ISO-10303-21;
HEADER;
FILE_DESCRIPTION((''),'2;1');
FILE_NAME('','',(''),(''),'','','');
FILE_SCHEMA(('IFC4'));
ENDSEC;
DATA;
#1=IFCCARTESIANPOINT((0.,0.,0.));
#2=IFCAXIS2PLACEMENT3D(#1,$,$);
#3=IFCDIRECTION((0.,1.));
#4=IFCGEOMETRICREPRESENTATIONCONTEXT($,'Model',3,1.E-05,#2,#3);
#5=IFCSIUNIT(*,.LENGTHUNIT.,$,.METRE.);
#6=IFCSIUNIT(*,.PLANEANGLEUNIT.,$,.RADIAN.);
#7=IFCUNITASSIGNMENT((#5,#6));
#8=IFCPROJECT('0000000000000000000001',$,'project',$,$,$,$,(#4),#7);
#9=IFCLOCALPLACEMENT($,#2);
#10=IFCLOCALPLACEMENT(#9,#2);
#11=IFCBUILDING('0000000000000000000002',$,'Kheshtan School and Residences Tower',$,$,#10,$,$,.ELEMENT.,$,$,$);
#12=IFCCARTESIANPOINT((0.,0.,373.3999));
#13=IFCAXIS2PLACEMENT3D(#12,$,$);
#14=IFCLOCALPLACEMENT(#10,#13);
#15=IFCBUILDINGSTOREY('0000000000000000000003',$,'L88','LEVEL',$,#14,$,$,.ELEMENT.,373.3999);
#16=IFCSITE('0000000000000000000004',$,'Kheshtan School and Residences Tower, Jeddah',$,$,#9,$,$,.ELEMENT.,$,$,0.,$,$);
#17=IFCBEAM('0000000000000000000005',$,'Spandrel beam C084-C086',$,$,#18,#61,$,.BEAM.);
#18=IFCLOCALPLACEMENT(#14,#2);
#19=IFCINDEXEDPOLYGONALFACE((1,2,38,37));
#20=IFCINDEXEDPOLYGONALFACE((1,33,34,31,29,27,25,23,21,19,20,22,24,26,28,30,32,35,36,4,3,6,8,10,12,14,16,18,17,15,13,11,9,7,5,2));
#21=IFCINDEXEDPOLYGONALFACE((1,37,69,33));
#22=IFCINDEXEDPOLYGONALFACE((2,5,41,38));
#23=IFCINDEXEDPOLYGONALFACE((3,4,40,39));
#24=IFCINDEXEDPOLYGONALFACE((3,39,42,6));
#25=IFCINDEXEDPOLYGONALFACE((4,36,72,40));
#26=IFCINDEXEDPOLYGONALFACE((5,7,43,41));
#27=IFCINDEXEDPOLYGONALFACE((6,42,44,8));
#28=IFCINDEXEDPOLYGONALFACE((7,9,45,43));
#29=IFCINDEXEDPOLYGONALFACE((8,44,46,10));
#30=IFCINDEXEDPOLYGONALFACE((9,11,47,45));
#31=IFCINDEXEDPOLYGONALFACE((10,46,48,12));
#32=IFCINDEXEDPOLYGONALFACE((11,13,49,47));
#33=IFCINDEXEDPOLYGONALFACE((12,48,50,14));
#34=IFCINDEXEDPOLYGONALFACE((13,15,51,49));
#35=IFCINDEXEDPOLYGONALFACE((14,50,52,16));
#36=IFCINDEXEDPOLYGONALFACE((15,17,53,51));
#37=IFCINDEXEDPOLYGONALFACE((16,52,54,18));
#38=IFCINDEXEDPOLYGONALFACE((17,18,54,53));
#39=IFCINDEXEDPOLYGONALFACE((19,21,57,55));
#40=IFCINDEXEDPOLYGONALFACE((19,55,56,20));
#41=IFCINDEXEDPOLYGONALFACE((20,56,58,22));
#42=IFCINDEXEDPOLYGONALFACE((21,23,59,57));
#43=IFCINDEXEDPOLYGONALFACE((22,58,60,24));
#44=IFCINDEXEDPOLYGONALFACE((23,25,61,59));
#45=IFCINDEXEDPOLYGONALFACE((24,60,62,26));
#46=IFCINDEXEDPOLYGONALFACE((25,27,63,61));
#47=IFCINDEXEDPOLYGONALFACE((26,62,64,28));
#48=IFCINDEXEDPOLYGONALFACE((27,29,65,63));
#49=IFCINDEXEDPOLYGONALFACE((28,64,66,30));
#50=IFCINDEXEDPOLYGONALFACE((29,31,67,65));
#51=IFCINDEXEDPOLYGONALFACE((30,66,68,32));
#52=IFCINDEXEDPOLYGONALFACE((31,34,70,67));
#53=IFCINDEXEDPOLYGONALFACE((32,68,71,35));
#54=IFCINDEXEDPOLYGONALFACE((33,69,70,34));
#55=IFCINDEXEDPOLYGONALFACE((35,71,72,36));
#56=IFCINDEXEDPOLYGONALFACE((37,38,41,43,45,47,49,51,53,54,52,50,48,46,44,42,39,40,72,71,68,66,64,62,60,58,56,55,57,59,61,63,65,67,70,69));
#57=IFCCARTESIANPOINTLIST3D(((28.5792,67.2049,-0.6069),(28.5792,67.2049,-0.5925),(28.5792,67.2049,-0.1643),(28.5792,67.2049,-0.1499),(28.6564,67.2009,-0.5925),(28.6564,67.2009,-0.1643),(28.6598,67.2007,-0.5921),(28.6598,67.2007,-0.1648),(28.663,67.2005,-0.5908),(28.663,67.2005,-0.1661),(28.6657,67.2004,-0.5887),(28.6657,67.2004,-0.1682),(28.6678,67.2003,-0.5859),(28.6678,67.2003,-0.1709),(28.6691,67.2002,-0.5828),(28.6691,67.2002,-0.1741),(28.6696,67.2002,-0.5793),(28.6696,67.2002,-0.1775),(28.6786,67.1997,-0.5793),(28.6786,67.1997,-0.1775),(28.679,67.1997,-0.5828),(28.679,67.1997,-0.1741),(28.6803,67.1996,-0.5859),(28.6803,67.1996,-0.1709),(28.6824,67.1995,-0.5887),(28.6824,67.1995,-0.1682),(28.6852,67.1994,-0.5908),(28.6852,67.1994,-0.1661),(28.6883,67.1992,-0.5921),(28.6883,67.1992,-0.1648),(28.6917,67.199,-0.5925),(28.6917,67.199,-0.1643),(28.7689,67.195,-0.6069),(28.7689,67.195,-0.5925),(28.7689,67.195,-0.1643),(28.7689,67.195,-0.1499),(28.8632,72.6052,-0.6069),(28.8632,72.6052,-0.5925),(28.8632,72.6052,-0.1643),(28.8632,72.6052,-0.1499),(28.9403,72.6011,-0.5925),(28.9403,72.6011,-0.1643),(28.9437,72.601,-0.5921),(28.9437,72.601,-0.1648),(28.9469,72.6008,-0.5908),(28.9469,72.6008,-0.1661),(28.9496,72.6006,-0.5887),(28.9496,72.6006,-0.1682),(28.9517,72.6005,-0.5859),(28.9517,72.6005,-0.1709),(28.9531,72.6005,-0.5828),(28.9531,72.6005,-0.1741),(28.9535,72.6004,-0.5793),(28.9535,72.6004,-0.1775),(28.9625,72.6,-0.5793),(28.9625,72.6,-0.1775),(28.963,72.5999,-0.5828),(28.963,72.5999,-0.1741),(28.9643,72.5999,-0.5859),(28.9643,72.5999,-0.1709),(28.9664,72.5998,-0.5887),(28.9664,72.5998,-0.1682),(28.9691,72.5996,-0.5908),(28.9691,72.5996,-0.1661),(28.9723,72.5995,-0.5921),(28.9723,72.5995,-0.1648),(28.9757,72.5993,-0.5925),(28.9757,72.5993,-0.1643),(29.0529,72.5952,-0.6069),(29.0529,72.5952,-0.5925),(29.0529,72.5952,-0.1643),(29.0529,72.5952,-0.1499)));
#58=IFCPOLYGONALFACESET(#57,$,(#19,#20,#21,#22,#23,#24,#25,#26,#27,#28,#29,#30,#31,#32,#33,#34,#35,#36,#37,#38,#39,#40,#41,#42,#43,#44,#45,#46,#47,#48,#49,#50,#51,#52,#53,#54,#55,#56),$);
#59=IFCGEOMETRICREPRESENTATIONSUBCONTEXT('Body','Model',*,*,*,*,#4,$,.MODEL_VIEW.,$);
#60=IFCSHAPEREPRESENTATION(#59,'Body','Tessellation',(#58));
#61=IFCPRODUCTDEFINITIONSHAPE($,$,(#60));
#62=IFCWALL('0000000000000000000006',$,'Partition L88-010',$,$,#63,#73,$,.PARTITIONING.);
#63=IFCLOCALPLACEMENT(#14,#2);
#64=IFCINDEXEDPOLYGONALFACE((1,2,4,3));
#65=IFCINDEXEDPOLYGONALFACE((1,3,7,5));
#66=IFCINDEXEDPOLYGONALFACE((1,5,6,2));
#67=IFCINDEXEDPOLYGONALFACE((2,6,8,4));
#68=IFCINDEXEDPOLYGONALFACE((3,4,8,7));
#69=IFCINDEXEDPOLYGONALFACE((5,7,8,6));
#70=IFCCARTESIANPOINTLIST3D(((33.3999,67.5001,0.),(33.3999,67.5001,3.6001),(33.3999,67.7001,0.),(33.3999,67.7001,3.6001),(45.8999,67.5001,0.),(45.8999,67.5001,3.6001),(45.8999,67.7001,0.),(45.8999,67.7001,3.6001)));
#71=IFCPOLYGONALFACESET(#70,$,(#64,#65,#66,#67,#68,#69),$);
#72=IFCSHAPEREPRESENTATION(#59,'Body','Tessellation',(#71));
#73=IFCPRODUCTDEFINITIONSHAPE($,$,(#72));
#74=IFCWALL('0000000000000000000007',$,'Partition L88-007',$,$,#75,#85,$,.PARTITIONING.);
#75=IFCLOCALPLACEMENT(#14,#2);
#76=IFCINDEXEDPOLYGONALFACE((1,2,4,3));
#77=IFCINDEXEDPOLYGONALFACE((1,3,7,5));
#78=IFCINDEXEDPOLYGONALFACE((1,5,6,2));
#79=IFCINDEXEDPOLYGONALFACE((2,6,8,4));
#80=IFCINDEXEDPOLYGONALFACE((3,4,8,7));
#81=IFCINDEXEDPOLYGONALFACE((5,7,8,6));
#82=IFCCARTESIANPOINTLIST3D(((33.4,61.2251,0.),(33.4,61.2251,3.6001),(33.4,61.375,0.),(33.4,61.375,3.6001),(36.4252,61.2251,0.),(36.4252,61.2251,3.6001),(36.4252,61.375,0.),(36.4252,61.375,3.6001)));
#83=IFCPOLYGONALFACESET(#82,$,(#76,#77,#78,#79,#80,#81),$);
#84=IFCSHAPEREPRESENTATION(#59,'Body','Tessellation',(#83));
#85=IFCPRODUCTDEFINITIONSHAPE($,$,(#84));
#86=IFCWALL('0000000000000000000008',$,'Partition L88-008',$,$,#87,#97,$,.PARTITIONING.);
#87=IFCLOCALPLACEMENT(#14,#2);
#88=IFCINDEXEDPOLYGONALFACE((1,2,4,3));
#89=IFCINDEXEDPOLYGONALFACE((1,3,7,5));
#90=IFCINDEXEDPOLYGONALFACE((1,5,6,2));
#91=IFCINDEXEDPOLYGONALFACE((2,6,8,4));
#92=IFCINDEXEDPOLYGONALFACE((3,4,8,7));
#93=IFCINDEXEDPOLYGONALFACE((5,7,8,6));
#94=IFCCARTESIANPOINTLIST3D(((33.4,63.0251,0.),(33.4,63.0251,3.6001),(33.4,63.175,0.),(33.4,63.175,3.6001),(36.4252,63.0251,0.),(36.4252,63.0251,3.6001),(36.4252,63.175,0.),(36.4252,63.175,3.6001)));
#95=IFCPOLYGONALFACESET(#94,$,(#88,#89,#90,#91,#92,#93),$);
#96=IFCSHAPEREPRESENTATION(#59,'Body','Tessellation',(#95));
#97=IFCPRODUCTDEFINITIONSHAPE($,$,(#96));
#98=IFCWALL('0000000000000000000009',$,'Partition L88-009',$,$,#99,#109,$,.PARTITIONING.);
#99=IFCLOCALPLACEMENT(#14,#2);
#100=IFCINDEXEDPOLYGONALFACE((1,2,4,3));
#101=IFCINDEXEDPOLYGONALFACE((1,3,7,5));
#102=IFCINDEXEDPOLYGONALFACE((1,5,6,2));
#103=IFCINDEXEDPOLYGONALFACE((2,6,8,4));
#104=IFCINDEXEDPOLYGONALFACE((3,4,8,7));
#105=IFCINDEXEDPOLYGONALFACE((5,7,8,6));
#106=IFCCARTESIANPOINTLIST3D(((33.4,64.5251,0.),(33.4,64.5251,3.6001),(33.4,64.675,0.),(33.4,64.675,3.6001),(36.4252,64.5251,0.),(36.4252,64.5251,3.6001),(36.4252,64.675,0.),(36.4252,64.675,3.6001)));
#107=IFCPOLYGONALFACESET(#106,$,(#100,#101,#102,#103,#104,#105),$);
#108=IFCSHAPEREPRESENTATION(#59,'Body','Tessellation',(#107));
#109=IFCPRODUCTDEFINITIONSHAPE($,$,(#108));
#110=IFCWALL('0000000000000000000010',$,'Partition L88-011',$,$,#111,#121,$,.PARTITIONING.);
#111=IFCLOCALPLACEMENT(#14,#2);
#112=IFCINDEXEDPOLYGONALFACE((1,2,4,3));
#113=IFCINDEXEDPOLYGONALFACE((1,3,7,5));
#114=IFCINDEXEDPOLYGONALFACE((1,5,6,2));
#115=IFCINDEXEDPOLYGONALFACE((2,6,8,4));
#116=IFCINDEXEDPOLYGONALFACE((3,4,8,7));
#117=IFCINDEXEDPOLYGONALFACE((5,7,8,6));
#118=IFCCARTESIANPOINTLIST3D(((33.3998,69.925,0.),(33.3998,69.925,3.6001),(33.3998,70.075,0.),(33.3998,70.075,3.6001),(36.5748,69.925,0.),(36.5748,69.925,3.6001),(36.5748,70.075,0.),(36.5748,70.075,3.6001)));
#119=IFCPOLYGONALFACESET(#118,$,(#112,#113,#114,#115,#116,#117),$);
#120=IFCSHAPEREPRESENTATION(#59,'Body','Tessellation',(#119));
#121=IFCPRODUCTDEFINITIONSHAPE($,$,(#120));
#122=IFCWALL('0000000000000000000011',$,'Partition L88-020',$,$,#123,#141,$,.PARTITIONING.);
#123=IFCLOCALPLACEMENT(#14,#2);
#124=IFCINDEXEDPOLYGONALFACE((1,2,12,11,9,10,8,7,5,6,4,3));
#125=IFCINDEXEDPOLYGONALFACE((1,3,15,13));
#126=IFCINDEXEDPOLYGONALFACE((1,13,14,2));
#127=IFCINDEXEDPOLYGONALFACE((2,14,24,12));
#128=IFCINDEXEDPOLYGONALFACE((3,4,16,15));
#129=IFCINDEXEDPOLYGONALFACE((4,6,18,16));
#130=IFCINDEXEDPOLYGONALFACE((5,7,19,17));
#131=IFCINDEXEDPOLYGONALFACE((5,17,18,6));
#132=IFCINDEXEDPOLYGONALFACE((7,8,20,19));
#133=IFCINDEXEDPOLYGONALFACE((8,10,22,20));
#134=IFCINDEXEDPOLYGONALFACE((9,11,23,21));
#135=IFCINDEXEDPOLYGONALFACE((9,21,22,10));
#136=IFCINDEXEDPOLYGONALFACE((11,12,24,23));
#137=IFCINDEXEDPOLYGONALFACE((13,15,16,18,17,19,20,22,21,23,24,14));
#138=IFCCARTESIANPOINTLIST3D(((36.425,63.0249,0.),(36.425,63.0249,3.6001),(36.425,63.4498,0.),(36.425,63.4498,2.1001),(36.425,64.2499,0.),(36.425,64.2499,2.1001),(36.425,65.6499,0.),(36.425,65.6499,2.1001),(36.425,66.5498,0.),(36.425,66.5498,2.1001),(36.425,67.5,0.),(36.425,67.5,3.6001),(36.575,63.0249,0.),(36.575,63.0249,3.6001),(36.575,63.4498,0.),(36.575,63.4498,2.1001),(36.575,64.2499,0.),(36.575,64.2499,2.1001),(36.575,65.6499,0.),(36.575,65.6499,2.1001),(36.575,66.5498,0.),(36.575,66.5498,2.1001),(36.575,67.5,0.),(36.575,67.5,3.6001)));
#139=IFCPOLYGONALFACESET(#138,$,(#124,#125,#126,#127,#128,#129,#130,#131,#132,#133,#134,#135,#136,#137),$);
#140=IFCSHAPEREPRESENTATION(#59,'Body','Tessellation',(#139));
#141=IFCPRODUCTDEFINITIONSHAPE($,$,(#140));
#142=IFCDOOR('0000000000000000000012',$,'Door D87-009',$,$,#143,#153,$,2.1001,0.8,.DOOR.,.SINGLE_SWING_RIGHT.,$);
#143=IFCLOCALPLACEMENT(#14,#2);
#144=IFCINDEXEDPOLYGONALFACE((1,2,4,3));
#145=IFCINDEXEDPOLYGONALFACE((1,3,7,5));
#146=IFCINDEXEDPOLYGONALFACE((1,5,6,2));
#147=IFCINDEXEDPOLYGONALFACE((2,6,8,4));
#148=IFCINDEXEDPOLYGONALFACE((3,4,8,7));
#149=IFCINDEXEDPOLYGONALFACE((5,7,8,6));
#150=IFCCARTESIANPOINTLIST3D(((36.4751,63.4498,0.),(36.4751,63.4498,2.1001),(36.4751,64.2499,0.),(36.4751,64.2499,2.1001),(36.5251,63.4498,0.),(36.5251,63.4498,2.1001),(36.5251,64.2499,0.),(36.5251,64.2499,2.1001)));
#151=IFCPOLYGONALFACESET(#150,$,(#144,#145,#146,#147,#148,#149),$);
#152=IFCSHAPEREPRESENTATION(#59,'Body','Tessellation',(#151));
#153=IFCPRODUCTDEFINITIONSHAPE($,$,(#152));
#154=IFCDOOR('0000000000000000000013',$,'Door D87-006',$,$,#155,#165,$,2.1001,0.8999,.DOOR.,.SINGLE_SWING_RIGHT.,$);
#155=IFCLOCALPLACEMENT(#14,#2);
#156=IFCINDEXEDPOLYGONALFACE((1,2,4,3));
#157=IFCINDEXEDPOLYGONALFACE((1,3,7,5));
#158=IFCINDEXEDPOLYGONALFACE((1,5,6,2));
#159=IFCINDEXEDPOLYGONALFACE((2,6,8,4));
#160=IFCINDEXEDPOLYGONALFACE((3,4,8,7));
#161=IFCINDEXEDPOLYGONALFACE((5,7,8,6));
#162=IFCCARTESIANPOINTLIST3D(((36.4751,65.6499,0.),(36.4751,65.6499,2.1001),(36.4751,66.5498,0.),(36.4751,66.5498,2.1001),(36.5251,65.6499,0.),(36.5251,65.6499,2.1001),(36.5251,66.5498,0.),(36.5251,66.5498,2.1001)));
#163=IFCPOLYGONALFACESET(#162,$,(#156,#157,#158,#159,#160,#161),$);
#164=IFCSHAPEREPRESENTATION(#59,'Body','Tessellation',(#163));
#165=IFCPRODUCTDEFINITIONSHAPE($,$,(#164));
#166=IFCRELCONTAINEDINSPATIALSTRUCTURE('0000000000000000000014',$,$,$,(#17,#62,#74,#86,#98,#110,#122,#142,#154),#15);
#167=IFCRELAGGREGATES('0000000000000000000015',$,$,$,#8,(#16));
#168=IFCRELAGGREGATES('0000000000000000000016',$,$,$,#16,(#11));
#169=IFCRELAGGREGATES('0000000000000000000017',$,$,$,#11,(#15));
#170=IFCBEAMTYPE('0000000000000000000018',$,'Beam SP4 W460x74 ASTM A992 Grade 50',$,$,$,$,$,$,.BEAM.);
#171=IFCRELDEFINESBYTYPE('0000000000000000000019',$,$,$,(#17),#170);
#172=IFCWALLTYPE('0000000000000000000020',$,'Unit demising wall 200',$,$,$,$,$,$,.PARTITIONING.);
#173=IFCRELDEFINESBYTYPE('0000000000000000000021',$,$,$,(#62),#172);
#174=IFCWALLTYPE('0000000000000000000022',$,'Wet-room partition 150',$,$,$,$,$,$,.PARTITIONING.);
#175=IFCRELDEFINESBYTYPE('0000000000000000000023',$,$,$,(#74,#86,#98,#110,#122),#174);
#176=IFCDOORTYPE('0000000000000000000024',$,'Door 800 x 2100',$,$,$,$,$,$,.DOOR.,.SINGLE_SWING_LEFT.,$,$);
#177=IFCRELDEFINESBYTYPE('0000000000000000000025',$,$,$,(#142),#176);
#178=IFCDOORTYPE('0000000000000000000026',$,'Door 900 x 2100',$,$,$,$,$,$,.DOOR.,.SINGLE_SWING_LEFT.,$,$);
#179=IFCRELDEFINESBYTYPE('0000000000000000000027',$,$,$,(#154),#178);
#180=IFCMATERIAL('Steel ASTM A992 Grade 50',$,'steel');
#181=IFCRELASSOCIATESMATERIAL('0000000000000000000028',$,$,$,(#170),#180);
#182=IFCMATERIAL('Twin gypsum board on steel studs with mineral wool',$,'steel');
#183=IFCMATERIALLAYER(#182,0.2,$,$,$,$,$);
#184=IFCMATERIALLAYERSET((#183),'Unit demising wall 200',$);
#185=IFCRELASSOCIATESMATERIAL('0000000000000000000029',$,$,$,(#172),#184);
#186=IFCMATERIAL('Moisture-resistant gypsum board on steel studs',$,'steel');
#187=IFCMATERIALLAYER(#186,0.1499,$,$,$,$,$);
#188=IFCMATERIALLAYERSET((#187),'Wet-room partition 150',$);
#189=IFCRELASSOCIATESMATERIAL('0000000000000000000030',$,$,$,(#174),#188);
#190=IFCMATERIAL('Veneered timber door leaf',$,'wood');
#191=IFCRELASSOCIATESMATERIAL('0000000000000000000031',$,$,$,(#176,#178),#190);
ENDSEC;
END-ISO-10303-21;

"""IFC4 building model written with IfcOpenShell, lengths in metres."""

from ifc_helpers import new_model, si_unit, direction, frame, frame_2d, origin, origin_2d, place, context, subcontext, project, spatial, rectangle, i_section, extrude, source, transform, mapped, material, layer, layer_set, material_profile, profile_set, type_object, element, fill, save


model = new_model("IFC4")

# Units and contexts
model_context = context("Model", 3, precision=1e-05, world=origin(), true_north=direction((0.0, 1.0)))
body_context = subcontext(model_context, "Body", "Model", "MODEL_VIEW")
ifc_project = project(units=[si_unit("LENGTHUNIT", "METRE"), si_unit("PLANEANGLEUNIT", "RADIAN")], contexts=[model_context])

# Site, building, storey
site_placement = place(None, origin())
site = spatial("IfcSite", under=ifc_project, at=site_placement, Name="Kheshtan School and Residences Tower, Jeddah", CompositionType="ELEMENT", RefElevation=0.0)
building_placement = place(site_placement, origin())
building = spatial("IfcBuilding", under=site, at=building_placement, Name="Kheshtan School and Residences Tower", CompositionType="ELEMENT")
storey_placement = place(building_placement, frame((0.0, 0.0, 373.3999)))
storey = spatial("IfcBuildingStorey", under=building, at=storey_placement, Name="L88", Description="LEVEL", CompositionType="ELEMENT", Elevation=373.3999)

# Shared definitions
ifc_material_1 = material(Name="Steel ASTM A992 Grade 50", Category="steel")

# Beam
ifc_material_profile_1 = material_profile(ifc_material_1, i_section(OverallWidth=0.1899, OverallDepth=0.457, WebThickness=0.009, FlangeThickness=0.0144, FilletRadius=0.0132, at=origin_2d()), Name="W460x74")
ifc_profile_set_1 = profile_set([ifc_material_profile_1], Name="Steel ASTM A992 Grade 50")
beam_type_1 = type_object("IfcBeamType", Name="Beam SP4 W460x74 ASTM A992 Grade 50", PredefinedType="BEAM", material=ifc_profile_set_1)
beam_1_placement = place(storey_placement, frame((28.6741, 67.2, -0.3784), z_axis=(0.052507, 0.998621, 0.0), x_axis=(-0.998621, 0.052507, 0.0)))
element("IfcBeam", 1, at=beam_1_placement, inside=storey, type_object=beam_type_1, Name="Spandrel beam C084-C086", PredefinedType="BEAM", context=body_context, shape_type="SweptSolid", body=[
    extrude(i_section(OverallWidth=0.1899, OverallDepth=0.457, WebThickness=0.009, FlangeThickness=0.0144, FilletRadius=0.0132, at=origin_2d()), origin(), (0.0, 0.0, 1.0), 5.4077),
])

# Walls
ifc_material_2 = material(Name="Twin gypsum board on steel studs with mineral wool", Category="steel")
ifc_layer_1 = layer(ifc_material_2, 0.2)
ifc_layer_set_1 = layer_set([ifc_layer_1], Name="Unit demising wall 200")
wall_type_1 = type_object("IfcWallType", Name="Unit demising wall 200", PredefinedType="PARTITIONING", material=ifc_layer_set_1)
wall_1_placement = place(storey_placement, frame((33.3999, 67.6001, 0.0), z_axis=(0.0, 0.0, 1.0), x_axis=(1.0, 0.0, 0.0)))
element("IfcWall", 2, at=wall_1_placement, inside=storey, type_object=wall_type_1, Name="Partition L88-010", PredefinedType="PARTITIONING", context=body_context, shape_type="SweptSolid", body=[
    extrude(rectangle(XDim=12.5, YDim=0.2, at=frame_2d((6.25, 0.0))), origin(), (0.0, 0.0, 1.0), 3.6001),
])
ifc_material_3 = material(Name="Moisture-resistant gypsum board on steel studs", Category="steel")
ifc_layer_2 = layer(ifc_material_3, 0.1499)
ifc_layer_set_2 = layer_set([ifc_layer_2], Name="Wet-room partition 150")
wall_type_2 = type_object("IfcWallType", Name="Wet-room partition 150", PredefinedType="PARTITIONING", material=ifc_layer_set_2)
for number, where, z_axis, x_axis, name in (
    (3, (33.3999, 61.3, 0.0), (0.0, 0.0, 1.0), (1.0, 0.0, 0.0), "Partition L88-007"),
    (4, (33.3999, 63.1001, 0.0), (0.0, 0.0, 1.0), (1.0, 0.0, 0.0), "Partition L88-008"),
    (5, (33.3999, 64.6001, 0.0), (0.0, 0.0, 1.0), (1.0, 0.0, 0.0), "Partition L88-009"),
):
    element("IfcWall", number, at=place(storey_placement, frame(where, z_axis=z_axis, x_axis=x_axis)), inside=storey, type_object=wall_type_2, Name=name, PredefinedType="PARTITIONING", context=body_context, shape_type="SweptSolid", body=[
        extrude(rectangle(XDim=3.0251, YDim=0.1499, at=frame_2d((1.5127, 0.0))), origin(), (0.0, 0.0, 1.0), 3.6001),
    ])
wall_2_placement = place(storey_placement, frame((33.3999, 70.0, 0.0), z_axis=(0.0, 0.0, 1.0), x_axis=(1.0, 0.0, 0.0)))
element("IfcWall", 6, at=wall_2_placement, inside=storey, type_object=wall_type_2, Name="Partition L88-011", PredefinedType="PARTITIONING", context=body_context, shape_type="SweptSolid", body=[
    extrude(rectangle(XDim=3.175, YDim=0.1499, at=frame_2d((1.5874, 0.0))), origin(), (0.0, 0.0, 1.0), 3.6001),
])

# Wall, openings, doors
wall_3_placement = place(storey_placement, frame((36.5, 63.0249, 0.0), z_axis=(0.0, 0.0, 1.0), x_axis=(0.0, 1.0, 0.0)))
wall_3 = element("IfcWall", 7, at=wall_3_placement, inside=storey, type_object=wall_type_2, Name="Partition L88-020", PredefinedType="PARTITIONING", context=body_context, shape_type="SweptSolid", body=[
    extrude(rectangle(XDim=4.4751, YDim=0.1499, at=frame_2d((2.2375, 0.0))), origin(), (0.0, 0.0, 1.0), 3.6001),
])
opening_1_placement = place(wall_3_placement, frame((2.625, 0.0, 0.0)))
opening_1 = element("IfcOpeningElement", 8, at=opening_1_placement, cuts=wall_3, PredefinedType="OPENING", context=body_context, shape_type="SweptSolid", body=[
    extrude(rectangle(XDim=0.8999, YDim=2.1001, at=frame_2d((0.45, 1.05))), frame((0.0, 0.085, 0.0), z_axis=(0.0, -1.0, 0.0), x_axis=(1.0, 0.0, 0.0)), (0.0, 0.0, 1.0), 0.1699),
])
opening_2_placement = place(wall_3_placement, frame((0.425, 0.0, 0.0)))
opening_2 = element("IfcOpeningElement", 9, at=opening_2_placement, cuts=wall_3, PredefinedType="OPENING", context=body_context, shape_type="SweptSolid", body=[
    extrude(rectangle(XDim=0.8, YDim=2.1001, at=frame_2d((0.3999, 1.05))), frame((0.0, 0.085, 0.0), z_axis=(0.0, -1.0, 0.0), x_axis=(1.0, 0.0, 0.0)), (0.0, 0.0, 1.0), 0.1699),
])
ifc_material_4 = material(Name="Veneered timber door leaf", Category="wood")
door_type_1 = type_object("IfcDoorType", Name="Door 800 x 2100", OperationType="SINGLE_SWING_LEFT", PredefinedType="DOOR", material=ifc_material_4)
shared_shape_1 = source(origin(), body_context, "Body", "SweptSolid", [
    extrude(rectangle(XDim=0.8, YDim=2.1001, at=frame_2d((0.3999, 1.05))), frame((0.0, 0.0249, 0.0), z_axis=(0.0, -1.0, 0.0), x_axis=(1.0, 0.0, 0.0)), (0.0, 0.0, 1.0), 0.05),
])
door_1_placement = place(opening_2_placement, origin())
door_1 = element("IfcDoor", 10, at=door_1_placement, inside=storey, type_object=door_type_1, Name="Door D87-009", OperationType="SINGLE_SWING_RIGHT", OverallHeight=2.1001, OverallWidth=0.8, PredefinedType="DOOR", context=body_context, shape_type="MappedRepresentation", body=[
    mapped(shared_shape_1, transform((0.0, 0.0, 0.0), x_axis=(1.0, 0.0, 0.0), y_axis=(0.0, 1.0, 0.0), z_axis=(0.0, 0.0, 1.0), scale=1.0)),
])
fill(opening_2, door_1)
door_type_2 = type_object("IfcDoorType", Name="Door 900 x 2100", OperationType="SINGLE_SWING_LEFT", PredefinedType="DOOR", material=ifc_material_4)
shared_shape_2 = source(origin(), body_context, "Body", "SweptSolid", [
    extrude(rectangle(XDim=0.8999, YDim=2.1001, at=frame_2d((0.45, 1.05))), frame((0.0, 0.0249, 0.0), z_axis=(0.0, -1.0, 0.0), x_axis=(1.0, 0.0, 0.0)), (0.0, 0.0, 1.0), 0.05),
])
door_2_placement = place(opening_1_placement, origin())
door_2 = element("IfcDoor", 11, at=door_2_placement, inside=storey, type_object=door_type_2, Name="Door D87-006", OperationType="SINGLE_SWING_RIGHT", OverallHeight=2.1001, OverallWidth=0.8999, PredefinedType="DOOR", context=body_context, shape_type="MappedRepresentation", body=[
    mapped(shared_shape_2, transform((0.0, 0.0, 0.0), x_axis=(1.0, 0.0, 0.0), y_axis=(0.0, 1.0, 0.0), z_axis=(0.0, 0.0, 1.0), scale=1.0)),
])
fill(opening_1, door_2)

save(model, "model.ifc")
